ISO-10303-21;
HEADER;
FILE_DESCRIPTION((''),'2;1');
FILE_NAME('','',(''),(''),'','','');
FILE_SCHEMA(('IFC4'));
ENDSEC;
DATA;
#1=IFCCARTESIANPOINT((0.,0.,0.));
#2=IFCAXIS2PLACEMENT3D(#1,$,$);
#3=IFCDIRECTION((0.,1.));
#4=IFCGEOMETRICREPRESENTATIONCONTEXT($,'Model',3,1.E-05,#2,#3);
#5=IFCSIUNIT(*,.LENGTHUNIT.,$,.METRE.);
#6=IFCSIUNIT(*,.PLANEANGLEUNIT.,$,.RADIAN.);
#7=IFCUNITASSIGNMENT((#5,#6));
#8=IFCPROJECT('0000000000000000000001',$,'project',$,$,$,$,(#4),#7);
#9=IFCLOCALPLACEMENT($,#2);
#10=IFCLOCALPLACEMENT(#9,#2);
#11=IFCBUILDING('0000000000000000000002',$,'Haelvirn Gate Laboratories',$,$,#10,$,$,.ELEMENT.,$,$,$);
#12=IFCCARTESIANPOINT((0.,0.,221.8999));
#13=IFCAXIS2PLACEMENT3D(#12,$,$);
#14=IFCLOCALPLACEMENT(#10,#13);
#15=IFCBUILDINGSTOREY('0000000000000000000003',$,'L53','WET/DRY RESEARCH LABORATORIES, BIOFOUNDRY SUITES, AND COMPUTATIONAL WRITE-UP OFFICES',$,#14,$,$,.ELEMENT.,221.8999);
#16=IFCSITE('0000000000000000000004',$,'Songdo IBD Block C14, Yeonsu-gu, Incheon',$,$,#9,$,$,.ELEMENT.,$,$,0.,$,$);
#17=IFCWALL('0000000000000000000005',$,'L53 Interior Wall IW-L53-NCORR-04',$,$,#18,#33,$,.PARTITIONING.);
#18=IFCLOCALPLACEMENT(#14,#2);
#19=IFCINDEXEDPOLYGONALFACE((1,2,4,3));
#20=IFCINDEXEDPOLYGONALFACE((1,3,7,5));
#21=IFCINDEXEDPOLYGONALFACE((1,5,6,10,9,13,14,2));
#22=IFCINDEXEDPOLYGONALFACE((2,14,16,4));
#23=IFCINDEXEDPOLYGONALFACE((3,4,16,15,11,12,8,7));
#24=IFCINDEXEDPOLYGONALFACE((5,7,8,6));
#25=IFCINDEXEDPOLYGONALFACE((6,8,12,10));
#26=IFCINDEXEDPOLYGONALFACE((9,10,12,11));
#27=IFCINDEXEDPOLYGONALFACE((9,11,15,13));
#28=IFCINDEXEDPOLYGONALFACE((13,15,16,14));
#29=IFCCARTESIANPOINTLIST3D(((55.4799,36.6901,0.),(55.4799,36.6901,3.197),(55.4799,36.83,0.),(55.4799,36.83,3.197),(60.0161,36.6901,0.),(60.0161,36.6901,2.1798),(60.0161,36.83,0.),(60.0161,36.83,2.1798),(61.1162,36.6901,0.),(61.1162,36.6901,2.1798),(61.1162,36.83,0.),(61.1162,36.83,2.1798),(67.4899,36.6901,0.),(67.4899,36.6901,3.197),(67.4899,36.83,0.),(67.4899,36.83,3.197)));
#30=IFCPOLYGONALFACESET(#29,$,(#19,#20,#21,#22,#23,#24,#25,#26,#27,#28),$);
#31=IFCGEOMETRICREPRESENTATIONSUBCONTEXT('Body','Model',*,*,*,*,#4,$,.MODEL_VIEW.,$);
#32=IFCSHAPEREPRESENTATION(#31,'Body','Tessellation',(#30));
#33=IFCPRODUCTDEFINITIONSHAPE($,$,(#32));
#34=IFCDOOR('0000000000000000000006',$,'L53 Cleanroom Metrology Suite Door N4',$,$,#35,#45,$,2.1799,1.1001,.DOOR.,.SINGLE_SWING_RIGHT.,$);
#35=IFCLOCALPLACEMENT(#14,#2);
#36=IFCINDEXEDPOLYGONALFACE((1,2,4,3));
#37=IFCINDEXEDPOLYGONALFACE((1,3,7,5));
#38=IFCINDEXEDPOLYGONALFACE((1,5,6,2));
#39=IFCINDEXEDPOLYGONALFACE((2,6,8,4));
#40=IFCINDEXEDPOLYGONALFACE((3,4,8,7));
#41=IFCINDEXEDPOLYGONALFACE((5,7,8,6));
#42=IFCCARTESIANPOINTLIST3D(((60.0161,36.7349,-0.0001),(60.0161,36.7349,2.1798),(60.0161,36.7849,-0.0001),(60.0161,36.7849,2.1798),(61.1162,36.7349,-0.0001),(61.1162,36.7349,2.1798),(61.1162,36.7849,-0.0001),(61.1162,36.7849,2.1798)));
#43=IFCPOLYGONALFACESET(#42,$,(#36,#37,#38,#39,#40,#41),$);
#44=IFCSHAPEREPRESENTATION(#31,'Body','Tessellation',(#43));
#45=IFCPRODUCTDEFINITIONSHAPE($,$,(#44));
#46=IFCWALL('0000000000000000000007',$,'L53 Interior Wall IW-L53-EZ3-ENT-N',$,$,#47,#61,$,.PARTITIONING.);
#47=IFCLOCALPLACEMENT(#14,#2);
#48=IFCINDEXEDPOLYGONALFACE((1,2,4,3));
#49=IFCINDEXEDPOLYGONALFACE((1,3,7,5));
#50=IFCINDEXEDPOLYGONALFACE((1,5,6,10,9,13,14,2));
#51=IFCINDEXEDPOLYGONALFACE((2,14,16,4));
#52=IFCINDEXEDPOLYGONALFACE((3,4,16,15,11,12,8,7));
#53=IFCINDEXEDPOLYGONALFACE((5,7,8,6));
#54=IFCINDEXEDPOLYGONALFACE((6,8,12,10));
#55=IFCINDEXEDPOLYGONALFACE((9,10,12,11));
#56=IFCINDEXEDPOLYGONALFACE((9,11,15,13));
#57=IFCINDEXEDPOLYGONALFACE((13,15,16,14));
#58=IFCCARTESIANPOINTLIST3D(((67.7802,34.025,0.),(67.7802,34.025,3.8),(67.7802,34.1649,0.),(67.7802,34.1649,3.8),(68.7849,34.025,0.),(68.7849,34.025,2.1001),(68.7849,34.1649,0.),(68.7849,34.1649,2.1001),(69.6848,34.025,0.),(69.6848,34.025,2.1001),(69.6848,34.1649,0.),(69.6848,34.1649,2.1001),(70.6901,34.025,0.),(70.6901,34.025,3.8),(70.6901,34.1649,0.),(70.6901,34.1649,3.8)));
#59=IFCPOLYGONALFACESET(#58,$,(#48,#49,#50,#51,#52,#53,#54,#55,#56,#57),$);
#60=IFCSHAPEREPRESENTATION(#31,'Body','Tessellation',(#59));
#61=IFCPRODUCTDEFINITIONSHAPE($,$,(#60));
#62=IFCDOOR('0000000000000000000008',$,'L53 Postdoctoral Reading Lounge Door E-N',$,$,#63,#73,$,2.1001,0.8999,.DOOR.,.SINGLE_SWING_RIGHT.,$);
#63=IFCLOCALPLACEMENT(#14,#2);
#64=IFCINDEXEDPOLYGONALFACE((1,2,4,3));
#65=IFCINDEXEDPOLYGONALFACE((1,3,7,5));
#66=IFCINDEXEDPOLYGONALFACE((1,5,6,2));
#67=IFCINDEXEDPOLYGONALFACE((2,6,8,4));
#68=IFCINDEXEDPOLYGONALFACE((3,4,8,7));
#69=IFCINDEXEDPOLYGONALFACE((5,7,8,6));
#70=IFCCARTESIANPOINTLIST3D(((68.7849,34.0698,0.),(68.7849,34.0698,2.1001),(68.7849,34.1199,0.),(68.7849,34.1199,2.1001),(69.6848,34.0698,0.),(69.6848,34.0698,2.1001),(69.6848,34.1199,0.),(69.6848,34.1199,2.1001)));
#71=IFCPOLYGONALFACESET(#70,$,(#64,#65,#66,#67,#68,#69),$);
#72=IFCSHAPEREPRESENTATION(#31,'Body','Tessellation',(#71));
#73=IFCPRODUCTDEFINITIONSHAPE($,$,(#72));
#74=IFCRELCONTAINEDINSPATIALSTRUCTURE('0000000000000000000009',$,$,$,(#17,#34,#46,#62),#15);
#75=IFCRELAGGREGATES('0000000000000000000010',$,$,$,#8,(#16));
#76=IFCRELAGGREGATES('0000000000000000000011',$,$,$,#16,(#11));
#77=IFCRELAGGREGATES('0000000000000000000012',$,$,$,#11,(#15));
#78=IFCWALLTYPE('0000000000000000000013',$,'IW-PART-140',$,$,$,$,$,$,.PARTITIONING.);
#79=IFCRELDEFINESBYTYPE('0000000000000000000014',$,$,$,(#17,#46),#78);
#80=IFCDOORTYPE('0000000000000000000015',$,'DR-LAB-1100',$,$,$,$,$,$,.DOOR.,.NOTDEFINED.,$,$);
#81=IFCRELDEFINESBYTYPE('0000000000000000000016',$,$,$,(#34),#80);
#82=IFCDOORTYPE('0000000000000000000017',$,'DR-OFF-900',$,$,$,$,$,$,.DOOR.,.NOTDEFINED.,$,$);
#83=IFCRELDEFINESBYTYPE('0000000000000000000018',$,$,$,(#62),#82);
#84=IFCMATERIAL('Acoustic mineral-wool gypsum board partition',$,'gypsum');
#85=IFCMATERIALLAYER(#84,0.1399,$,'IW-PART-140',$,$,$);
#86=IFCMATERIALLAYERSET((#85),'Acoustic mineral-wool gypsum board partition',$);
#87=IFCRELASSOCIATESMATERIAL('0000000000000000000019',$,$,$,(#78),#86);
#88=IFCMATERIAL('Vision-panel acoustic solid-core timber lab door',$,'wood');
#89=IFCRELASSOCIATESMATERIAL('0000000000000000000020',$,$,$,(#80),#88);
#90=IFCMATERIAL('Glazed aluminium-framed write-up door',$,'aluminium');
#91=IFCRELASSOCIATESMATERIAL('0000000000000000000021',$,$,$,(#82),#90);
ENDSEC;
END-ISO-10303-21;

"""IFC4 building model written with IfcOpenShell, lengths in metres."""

from ifc_helpers import new_model, si_unit, direction, frame, frame_2d, origin, place, context, subcontext, project, spatial, rectangle, extrude, source, transform, mapped, material, layer, layer_set, type_object, type_shapes, element, fill, save


model = new_model("IFC4")

# Units and contexts
model_context = context("Model", 3, precision=1e-05, world=origin(), true_north=direction((0.0, 1.0)))
body_context = subcontext(model_context, "Body", "Model", "MODEL_VIEW")
ifc_project = project(units=[si_unit("LENGTHUNIT", "METRE"), si_unit("PLANEANGLEUNIT", "RADIAN")], contexts=[model_context])

# Site, building, storey
site_placement = place(None, origin())
site = spatial("IfcSite", under=ifc_project, at=site_placement, Name="Songdo IBD Block C14, Yeonsu-gu, Incheon", CompositionType="ELEMENT", RefElevation=0.0)
building_placement = place(site_placement, origin())
building = spatial("IfcBuilding", under=site, at=building_placement, Name="Haelvirn Gate Laboratories", CompositionType="ELEMENT")
storey_placement = place(building_placement, frame((0.0, 0.0, 221.8999)))
storey = spatial("IfcBuildingStorey", under=building, at=storey_placement, Name="L53", Description="WET/DRY RESEARCH LABORATORIES, BIOFOUNDRY SUITES, AND COMPUTATIONAL WRITE-UP OFFICES", CompositionType="ELEMENT", Elevation=221.8999)

# Walls, openings, doors
ifc_material_1 = material(Name="Acoustic mineral-wool gypsum board partition", Category="gypsum")
ifc_layer_1 = layer(ifc_material_1, 0.1399, Name="IW-PART-140")
ifc_layer_set_1 = layer_set([ifc_layer_1], Name="Acoustic mineral-wool gypsum board partition")
wall_type_1 = type_object("IfcWallType", Name="IW-PART-140", PredefinedType="PARTITIONING", material=ifc_layer_set_1)
wall_1_placement = place(storey_placement, frame((55.48, 36.76, 0.0), z_axis=(0.0, 0.0, 1.0), x_axis=(1.0, 0.0, 0.0)))
wall_1 = element("IfcWall", 1, at=wall_1_placement, inside=storey, type_object=wall_type_1, Name="L53 Interior Wall IW-L53-NCORR-04", PredefinedType="PARTITIONING", context=body_context, shape_type="SweptSolid", body=[
    extrude(rectangle(XDim=12.01, YDim=0.1399, at=frame_2d((6.0049, 0.0))), origin(), (0.0, 0.0, 1.0), 3.197),
])
opening_1_placement = place(wall_1_placement, frame((4.5361, 0.0, 0.0)))
opening_1 = element("IfcOpeningElement", 2, at=opening_1_placement, cuts=wall_1, PredefinedType="OPENING", context=body_context, shape_type="SweptSolid", body=[
    extrude(rectangle(XDim=1.1001, YDim=2.1799, at=frame_2d((0.55, 1.0898))), frame((0.0, 0.0801, 0.0), z_axis=(0.0, -1.0, 0.0), x_axis=(1.0, 0.0, 0.0)), (0.0, 0.0, 1.0), 0.1599),
])
ifc_material_2 = material(Name="Vision-panel acoustic solid-core timber lab door", Category="wood")
door_type_1 = type_object("IfcDoorType", Name="DR-LAB-1100", OperationType="NOTDEFINED", PredefinedType="DOOR", material=ifc_material_2)
shared_shape_1 = source(origin(), body_context, "Body", "SweptSolid", [
    extrude(rectangle(XDim=1.1001, YDim=2.1799, at=frame_2d((0.55, 1.0898))), frame((0.0, 0.0249, 0.0), z_axis=(0.0, -1.0, 0.0), x_axis=(1.0, 0.0, 0.0)), (0.0, 0.0, 1.0), 0.05),
])
type_shapes(door_type_1, [shared_shape_1])
door_1_placement = place(opening_1_placement, origin())
door_1 = element("IfcDoor", 3, at=door_1_placement, inside=storey, type_object=door_type_1, Name="L53 Cleanroom Metrology Suite Door N4", OperationType="SINGLE_SWING_RIGHT", OverallHeight=2.1799, OverallWidth=1.1001, PredefinedType="DOOR", context=body_context, shape_type="MappedRepresentation", body=[
    mapped(shared_shape_1, transform((0.0, 0.0, 0.0), scale=1.0)),
])
fill(opening_1, door_1)
wall_2_placement = place(storey_placement, frame((67.78, 34.095, 0.0), z_axis=(0.0, 0.0, 1.0), x_axis=(1.0, 0.0, 0.0)))
wall_2 = element("IfcWall", 4, at=wall_2_placement, inside=storey, type_object=wall_type_1, Name="L53 Interior Wall IW-L53-EZ3-ENT-N", PredefinedType="PARTITIONING", context=body_context, shape_type="SweptSolid", body=[
    extrude(rectangle(XDim=2.9099, YDim=0.1399, at=frame_2d((1.4551, 0.0))), origin(), (0.0, 0.0, 1.0), 3.8),
])
opening_2_placement = place(wall_2_placement, frame((1.0049, 0.0, 0.0)))
opening_2 = element("IfcOpeningElement", 5, at=opening_2_placement, cuts=wall_2, PredefinedType="OPENING", context=body_context, shape_type="SweptSolid", body=[
    extrude(rectangle(XDim=0.8999, YDim=2.1001, at=frame_2d((0.45, 1.05))), frame((0.0, 0.0801, 0.0), z_axis=(0.0, -1.0, 0.0), x_axis=(1.0, 0.0, 0.0)), (0.0, 0.0, 1.0), 0.1599),
])
ifc_material_3 = material(Name="Glazed aluminium-framed write-up door", Category="aluminium")
door_type_2 = type_object("IfcDoorType", Name="DR-OFF-900", OperationType="NOTDEFINED", PredefinedType="DOOR", material=ifc_material_3)
shared_shape_2 = source(origin(), body_context, "Body", "SweptSolid", [
    extrude(rectangle(XDim=0.8999, YDim=2.1001, at=frame_2d((0.45, 1.05))), frame((0.0, 0.0249, 0.0), z_axis=(0.0, -1.0, 0.0), x_axis=(1.0, 0.0, 0.0)), (0.0, 0.0, 1.0), 0.05),
])
type_shapes(door_type_2, [shared_shape_2])
door_2_placement = place(opening_2_placement, origin())
door_2 = element("IfcDoor", 6, at=door_2_placement, inside=storey, type_object=door_type_2, Name="L53 Postdoctoral Reading Lounge Door E-N", OperationType="SINGLE_SWING_RIGHT", OverallHeight=2.1001, OverallWidth=0.8999, PredefinedType="DOOR", context=body_context, shape_type="MappedRepresentation", body=[
    mapped(shared_shape_2, transform((0.0, 0.0, 0.0), scale=1.0)),
])
fill(opening_2, door_2)

save(model, "model.ifc")
